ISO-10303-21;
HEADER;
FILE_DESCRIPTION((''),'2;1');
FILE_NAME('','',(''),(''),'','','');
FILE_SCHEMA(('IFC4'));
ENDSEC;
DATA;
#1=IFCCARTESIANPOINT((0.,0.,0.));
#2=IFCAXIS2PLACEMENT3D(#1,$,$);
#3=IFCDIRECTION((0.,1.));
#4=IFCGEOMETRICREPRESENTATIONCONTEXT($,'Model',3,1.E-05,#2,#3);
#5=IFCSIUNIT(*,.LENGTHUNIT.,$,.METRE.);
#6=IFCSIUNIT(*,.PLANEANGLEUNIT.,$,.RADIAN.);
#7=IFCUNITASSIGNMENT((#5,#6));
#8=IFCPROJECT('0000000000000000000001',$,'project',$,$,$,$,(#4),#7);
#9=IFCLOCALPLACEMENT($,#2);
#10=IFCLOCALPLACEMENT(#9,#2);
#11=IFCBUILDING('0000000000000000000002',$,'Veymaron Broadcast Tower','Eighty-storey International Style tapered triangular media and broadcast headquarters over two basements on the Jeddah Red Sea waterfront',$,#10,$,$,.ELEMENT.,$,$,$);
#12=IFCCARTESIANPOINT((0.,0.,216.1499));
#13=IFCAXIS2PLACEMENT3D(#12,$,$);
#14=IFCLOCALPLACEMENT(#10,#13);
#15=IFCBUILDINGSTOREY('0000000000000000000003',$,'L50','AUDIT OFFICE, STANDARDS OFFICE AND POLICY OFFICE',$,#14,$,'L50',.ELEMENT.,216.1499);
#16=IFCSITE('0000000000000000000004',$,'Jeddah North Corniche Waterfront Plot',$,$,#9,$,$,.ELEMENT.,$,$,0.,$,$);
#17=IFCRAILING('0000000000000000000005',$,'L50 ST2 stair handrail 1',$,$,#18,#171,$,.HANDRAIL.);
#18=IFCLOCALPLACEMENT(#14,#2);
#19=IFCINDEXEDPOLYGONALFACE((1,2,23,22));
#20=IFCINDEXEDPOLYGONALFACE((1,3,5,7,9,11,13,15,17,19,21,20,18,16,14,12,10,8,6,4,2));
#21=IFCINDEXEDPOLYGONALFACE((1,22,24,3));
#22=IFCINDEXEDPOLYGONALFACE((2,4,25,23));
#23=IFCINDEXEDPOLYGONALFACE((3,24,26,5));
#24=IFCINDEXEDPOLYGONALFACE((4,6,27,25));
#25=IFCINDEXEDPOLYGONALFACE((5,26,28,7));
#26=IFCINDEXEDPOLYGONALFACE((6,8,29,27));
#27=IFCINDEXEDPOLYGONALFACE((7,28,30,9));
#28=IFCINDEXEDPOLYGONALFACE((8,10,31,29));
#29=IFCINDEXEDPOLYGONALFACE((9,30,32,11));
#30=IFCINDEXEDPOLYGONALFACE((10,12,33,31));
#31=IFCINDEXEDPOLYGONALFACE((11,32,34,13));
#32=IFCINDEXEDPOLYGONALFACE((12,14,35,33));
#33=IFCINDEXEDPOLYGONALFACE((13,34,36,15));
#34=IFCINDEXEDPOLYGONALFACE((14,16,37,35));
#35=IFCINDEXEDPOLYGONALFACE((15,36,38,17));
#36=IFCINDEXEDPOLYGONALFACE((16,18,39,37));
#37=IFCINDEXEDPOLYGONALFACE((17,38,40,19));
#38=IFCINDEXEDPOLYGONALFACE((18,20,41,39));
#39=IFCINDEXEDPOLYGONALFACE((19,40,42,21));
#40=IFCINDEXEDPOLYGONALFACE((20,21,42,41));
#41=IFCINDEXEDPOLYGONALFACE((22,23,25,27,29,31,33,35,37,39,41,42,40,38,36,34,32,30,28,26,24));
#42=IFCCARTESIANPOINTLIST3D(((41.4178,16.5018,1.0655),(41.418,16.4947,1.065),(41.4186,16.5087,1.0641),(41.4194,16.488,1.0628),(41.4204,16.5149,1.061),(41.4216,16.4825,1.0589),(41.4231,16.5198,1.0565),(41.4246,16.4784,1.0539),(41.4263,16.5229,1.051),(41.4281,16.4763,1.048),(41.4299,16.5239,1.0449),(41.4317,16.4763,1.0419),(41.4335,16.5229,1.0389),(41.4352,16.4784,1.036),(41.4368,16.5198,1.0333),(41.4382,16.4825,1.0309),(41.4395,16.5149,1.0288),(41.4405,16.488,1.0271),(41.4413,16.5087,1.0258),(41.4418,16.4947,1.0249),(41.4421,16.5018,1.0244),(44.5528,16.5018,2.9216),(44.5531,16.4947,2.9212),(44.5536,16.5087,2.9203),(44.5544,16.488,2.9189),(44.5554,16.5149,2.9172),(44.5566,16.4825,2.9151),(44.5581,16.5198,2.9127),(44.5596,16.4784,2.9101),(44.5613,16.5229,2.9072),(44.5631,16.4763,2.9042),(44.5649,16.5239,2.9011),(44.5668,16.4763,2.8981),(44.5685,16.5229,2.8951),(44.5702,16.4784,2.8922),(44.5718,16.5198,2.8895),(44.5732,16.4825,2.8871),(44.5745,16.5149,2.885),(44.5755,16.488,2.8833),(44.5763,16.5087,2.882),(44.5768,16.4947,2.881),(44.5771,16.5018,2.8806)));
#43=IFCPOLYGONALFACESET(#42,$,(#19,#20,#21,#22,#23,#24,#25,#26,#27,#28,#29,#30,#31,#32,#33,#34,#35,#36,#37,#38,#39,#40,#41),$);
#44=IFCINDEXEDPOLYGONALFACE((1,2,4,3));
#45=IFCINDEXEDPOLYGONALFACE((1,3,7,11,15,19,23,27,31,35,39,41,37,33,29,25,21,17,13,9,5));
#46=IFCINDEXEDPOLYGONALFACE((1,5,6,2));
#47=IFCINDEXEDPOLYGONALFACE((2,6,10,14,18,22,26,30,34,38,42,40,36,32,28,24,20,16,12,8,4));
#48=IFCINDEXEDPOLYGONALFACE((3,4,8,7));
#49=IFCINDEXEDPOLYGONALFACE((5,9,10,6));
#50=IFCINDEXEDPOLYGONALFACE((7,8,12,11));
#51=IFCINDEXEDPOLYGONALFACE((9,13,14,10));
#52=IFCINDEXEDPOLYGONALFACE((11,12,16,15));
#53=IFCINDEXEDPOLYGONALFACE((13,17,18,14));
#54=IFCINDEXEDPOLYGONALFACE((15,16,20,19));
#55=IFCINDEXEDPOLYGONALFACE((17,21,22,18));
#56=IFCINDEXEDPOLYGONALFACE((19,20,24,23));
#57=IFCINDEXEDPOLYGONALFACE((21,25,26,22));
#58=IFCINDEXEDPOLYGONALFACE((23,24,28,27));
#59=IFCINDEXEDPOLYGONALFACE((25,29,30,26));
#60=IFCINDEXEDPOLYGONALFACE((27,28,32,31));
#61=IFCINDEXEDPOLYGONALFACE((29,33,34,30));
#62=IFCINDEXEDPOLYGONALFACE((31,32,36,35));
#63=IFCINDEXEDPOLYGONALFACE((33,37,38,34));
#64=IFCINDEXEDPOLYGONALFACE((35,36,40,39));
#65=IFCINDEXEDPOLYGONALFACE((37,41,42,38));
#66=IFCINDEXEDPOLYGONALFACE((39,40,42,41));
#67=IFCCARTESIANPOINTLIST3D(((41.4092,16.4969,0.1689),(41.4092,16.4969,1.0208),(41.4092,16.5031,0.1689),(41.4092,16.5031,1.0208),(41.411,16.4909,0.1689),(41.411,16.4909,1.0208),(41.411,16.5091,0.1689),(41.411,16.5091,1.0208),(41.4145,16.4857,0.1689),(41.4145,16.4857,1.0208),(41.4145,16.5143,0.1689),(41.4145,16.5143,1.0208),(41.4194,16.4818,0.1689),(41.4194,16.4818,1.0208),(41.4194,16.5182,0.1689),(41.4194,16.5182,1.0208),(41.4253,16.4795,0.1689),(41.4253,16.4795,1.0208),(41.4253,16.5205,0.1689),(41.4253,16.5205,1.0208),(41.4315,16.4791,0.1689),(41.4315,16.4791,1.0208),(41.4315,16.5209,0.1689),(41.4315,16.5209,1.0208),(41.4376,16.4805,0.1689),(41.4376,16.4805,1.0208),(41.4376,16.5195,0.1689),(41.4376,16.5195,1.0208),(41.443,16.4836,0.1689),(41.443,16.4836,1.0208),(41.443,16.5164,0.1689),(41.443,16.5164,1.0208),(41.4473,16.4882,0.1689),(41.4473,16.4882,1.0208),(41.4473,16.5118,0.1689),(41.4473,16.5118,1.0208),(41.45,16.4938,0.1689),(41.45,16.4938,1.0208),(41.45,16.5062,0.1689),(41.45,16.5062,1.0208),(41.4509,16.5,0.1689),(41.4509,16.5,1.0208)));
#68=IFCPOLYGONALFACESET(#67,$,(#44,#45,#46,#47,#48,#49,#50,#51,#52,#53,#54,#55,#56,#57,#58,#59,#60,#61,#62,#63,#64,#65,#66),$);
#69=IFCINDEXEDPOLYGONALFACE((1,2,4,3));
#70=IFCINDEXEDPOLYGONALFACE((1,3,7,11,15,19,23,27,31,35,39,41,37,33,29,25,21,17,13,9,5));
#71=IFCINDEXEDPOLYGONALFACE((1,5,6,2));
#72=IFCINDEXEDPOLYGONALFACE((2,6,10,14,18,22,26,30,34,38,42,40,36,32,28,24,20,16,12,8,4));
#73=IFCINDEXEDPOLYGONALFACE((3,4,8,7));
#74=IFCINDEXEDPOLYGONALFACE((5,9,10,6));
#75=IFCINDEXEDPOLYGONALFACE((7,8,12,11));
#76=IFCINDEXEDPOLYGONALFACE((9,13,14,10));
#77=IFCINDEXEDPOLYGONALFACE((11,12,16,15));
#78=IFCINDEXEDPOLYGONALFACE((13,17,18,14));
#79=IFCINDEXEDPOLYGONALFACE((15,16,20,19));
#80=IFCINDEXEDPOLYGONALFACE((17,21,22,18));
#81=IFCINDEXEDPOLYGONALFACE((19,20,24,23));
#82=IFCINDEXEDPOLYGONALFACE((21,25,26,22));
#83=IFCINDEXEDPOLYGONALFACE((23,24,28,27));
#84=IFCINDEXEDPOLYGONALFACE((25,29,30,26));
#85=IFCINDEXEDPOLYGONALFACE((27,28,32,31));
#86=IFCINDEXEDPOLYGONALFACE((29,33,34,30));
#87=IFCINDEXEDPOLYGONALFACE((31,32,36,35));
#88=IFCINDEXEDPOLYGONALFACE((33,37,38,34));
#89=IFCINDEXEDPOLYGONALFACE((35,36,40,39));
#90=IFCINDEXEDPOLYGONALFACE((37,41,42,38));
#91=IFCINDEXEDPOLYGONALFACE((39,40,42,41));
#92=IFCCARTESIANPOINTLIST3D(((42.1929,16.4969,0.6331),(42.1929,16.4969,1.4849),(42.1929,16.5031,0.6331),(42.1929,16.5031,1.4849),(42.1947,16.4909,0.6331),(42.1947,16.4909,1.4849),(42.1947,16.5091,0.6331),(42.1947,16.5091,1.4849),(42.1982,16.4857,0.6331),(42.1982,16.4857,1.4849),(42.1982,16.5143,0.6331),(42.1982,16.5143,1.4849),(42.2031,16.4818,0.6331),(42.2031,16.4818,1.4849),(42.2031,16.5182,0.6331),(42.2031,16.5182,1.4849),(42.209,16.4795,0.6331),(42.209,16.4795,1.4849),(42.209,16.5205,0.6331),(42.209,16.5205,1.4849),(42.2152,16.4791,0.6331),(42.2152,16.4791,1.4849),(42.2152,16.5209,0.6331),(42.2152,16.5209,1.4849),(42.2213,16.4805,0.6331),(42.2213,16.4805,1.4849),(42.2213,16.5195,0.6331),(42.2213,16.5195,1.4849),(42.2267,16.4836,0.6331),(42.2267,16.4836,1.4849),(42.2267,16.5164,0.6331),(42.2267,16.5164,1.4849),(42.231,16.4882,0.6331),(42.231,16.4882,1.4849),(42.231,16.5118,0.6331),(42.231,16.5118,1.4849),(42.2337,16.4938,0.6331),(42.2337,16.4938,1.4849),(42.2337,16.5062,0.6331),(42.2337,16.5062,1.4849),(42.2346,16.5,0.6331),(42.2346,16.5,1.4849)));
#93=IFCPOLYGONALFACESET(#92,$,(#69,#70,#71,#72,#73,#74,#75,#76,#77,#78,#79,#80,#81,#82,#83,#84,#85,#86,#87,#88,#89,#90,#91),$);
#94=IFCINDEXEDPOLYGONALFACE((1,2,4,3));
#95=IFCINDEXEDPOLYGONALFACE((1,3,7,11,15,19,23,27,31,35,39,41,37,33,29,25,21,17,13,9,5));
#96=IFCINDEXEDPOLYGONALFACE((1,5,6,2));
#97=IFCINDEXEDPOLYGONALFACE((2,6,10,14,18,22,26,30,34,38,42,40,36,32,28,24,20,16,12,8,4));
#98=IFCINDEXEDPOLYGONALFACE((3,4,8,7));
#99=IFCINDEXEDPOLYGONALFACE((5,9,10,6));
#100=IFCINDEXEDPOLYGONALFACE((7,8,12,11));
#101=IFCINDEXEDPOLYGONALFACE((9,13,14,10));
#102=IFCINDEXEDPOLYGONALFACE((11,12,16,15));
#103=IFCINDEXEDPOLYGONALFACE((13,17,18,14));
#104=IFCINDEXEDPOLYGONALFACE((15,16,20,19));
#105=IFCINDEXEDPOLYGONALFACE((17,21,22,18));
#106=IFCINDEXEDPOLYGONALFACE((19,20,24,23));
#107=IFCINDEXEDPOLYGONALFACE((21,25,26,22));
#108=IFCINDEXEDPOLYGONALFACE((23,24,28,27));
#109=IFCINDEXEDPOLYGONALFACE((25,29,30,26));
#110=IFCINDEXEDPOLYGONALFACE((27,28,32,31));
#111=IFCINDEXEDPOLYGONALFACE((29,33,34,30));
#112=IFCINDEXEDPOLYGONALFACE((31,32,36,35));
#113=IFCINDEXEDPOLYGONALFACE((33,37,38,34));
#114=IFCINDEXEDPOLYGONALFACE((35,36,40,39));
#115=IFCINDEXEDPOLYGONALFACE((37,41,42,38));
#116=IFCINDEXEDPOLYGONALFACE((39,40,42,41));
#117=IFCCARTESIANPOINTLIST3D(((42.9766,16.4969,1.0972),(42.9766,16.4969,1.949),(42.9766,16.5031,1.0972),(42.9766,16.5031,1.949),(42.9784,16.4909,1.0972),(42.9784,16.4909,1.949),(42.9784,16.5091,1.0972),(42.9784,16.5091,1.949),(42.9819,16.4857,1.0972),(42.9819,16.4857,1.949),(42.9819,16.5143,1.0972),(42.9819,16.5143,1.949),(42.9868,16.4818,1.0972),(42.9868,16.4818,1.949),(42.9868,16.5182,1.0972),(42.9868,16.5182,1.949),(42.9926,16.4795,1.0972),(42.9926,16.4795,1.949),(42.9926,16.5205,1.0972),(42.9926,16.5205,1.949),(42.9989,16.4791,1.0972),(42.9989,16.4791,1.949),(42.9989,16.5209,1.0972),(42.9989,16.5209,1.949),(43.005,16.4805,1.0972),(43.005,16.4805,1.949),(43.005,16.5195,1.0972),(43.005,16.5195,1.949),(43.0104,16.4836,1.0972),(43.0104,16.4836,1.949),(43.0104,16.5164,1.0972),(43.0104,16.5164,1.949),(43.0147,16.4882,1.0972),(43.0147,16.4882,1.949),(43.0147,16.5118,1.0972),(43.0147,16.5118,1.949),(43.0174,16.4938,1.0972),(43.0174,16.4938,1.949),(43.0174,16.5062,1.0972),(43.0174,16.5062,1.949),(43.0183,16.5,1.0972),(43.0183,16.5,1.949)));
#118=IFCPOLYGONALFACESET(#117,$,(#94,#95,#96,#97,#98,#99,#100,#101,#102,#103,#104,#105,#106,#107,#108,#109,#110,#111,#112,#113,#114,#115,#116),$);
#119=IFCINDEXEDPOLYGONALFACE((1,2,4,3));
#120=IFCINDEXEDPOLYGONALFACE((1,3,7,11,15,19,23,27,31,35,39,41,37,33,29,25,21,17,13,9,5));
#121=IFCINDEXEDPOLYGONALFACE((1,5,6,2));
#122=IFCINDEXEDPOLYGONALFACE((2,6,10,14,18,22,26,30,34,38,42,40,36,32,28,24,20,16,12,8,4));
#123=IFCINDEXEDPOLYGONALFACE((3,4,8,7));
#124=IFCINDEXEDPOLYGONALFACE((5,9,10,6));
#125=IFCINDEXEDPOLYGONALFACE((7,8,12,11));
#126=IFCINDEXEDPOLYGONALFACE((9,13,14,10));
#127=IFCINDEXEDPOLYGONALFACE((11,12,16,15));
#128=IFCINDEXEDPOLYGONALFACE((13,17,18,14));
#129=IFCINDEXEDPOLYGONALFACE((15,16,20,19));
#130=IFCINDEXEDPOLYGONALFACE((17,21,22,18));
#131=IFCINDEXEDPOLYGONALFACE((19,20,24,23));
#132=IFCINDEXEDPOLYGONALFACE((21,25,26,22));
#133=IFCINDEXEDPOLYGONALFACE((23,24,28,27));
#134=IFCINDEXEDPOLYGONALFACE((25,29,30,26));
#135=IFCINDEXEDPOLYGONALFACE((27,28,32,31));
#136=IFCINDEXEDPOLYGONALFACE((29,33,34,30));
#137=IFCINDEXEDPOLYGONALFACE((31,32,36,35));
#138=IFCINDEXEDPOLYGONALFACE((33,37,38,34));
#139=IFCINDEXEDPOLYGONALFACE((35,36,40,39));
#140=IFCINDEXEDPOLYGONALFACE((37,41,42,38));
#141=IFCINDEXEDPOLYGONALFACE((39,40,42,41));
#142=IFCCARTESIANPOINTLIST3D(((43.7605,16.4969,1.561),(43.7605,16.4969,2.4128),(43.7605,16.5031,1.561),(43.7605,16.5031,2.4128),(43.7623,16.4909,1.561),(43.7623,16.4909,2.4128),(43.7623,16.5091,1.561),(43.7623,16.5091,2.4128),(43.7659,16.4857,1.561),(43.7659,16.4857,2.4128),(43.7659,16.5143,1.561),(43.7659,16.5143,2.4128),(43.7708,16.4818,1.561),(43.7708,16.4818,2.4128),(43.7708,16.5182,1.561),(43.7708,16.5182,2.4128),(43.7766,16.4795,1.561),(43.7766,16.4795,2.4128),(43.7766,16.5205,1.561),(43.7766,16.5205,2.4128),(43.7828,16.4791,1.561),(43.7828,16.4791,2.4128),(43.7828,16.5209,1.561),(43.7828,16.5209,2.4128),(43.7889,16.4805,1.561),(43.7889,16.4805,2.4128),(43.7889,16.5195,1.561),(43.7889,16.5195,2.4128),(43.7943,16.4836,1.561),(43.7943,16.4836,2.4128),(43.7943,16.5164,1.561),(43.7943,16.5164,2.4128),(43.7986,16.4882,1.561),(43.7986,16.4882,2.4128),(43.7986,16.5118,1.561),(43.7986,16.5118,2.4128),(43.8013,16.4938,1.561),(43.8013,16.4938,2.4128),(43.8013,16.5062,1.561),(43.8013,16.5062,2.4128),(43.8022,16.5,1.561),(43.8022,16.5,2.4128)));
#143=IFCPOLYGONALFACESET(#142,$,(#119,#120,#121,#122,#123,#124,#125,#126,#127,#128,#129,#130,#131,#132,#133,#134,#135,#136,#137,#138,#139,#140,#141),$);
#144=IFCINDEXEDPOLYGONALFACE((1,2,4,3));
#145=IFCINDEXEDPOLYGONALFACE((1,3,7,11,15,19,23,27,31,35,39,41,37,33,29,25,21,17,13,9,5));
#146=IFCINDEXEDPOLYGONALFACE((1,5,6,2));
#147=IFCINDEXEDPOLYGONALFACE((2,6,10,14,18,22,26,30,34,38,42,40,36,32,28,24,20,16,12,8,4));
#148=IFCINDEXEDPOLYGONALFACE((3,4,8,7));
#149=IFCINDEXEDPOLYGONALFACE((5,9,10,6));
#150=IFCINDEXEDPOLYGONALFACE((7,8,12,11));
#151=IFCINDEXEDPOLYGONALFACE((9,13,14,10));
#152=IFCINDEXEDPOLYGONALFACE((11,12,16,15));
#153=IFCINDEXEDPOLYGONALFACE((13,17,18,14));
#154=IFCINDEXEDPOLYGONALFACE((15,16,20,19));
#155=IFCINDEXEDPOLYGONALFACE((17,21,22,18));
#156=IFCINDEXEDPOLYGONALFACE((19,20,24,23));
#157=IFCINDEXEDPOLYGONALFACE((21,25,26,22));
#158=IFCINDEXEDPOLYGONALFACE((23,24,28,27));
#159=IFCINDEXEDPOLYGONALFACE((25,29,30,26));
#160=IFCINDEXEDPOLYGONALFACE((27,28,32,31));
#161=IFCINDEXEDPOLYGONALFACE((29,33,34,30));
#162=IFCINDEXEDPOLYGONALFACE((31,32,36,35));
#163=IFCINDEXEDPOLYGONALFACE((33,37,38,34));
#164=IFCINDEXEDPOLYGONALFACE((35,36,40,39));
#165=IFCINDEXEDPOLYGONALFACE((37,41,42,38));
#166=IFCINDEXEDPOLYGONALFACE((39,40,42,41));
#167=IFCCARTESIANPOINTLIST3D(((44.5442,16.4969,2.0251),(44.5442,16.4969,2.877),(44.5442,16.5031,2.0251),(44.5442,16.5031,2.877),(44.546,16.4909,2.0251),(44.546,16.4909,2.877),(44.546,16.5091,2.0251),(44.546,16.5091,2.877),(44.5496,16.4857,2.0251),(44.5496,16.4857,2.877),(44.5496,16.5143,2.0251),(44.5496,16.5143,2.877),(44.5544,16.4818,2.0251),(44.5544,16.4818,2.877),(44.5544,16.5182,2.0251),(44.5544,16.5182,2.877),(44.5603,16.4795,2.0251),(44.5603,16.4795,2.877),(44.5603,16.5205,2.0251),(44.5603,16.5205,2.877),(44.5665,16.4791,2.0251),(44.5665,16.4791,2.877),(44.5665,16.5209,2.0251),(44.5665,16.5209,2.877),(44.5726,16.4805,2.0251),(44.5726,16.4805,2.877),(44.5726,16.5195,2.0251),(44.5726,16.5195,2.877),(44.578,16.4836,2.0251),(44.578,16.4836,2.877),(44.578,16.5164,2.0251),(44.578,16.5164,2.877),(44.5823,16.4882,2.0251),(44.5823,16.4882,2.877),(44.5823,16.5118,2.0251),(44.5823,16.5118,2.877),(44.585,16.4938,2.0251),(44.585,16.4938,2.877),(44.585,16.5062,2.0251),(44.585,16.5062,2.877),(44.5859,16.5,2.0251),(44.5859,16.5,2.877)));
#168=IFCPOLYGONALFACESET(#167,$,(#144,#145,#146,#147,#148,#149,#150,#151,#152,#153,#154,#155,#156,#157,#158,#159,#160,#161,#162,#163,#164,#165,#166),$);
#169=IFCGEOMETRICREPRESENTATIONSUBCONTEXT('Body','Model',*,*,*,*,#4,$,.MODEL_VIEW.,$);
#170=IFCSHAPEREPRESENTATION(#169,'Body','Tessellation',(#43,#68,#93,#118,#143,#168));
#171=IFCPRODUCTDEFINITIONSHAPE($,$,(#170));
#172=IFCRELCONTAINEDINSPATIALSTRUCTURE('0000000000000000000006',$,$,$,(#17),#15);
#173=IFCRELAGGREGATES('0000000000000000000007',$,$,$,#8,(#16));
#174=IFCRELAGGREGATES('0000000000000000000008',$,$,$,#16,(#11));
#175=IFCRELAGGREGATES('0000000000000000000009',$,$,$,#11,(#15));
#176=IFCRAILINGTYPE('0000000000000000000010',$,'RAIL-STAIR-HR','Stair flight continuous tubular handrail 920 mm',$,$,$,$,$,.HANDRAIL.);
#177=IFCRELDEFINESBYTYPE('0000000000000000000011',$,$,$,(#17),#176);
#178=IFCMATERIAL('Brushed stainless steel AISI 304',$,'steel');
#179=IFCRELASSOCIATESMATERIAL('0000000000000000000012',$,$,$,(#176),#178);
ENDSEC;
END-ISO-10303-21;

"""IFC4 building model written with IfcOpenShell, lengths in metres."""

from ifc_helpers import new_model, si_unit, direction, frame, origin, origin_2d, place, context, subcontext, project, spatial, circle, extrude, material, type_object, element, save


model = new_model("IFC4")

# Units and contexts
model_context = context("Model", 3, precision=1e-05, world=origin(), true_north=direction((0.0, 1.0)))
body_context = subcontext(model_context, "Body", "Model", "MODEL_VIEW")
ifc_project = project(units=[si_unit("LENGTHUNIT", "METRE"), si_unit("PLANEANGLEUNIT", "RADIAN")], contexts=[model_context])

# Site, building, storey
site_placement = place(None, origin())
site = spatial("IfcSite", under=ifc_project, at=site_placement, Name="Jeddah North Corniche Waterfront Plot", CompositionType="ELEMENT", RefElevation=0.0)
building_placement = place(site_placement, origin())
building = spatial("IfcBuilding", under=site, at=building_placement, Name="Veymaron Broadcast Tower", Description="Eighty-storey International Style tapered triangular media and broadcast headquarters over two basements on the Jeddah Red Sea waterfront", CompositionType="ELEMENT")
storey_placement = place(building_placement, frame((0.0, 0.0, 216.1499)))
storey = spatial("IfcBuildingStorey", under=building, at=storey_placement, Name="L50", Description="AUDIT OFFICE, STANDARDS OFFICE AND POLICY OFFICE", LongName="L50", CompositionType="ELEMENT", Elevation=216.1499)

# Shared definitions
ifc_material_1 = material(Name="Brushed stainless steel AISI 304", Category="steel")

# Railing
railing_type_1 = type_object("IfcRailingType", Name="RAIL-STAIR-HR", Description="Stair flight continuous tubular handrail 920 mm", PredefinedType="HANDRAIL", material=ifc_material_1)
railing_1_placement = place(storey_placement, frame((41.4299, 16.5, 0.1689)))
element("IfcRailing", 1, at=railing_1_placement, inside=storey, type_object=railing_type_1, Name="L50 ST2 stair handrail 1", PredefinedType="HANDRAIL", context=body_context, shape_type="SweptSolid", body=[
    extrude(circle(Radius=0.0239, at=origin_2d()), frame((0.0, 0.0, 0.876), z_axis=(0.860482, 0.0, 0.509481), x_axis=(0.0, 1.0, 0.0)), (0.0, 0.0, 1.0), 3.6433),
    extrude(circle(Radius=0.021, at=origin_2d()), origin(), (0.0, 0.0, 1.0), 0.8518),
    extrude(circle(Radius=0.021, at=origin_2d()), frame((0.7837, 0.0, 0.4641)), (0.0, 0.0, 1.0), 0.8518),
    extrude(circle(Radius=0.021, at=origin_2d()), frame((1.5674, 0.0, 0.9282)), (0.0, 0.0, 1.0), 0.8518),
    extrude(circle(Radius=0.021, at=origin_2d()), frame((2.3513, 0.0, 1.3921)), (0.0, 0.0, 1.0), 0.8518),
    extrude(circle(Radius=0.021, at=origin_2d()), frame((3.135, 0.0, 1.8562)), (0.0, 0.0, 1.0), 0.8518),
])

save(model, "model.ifc")
